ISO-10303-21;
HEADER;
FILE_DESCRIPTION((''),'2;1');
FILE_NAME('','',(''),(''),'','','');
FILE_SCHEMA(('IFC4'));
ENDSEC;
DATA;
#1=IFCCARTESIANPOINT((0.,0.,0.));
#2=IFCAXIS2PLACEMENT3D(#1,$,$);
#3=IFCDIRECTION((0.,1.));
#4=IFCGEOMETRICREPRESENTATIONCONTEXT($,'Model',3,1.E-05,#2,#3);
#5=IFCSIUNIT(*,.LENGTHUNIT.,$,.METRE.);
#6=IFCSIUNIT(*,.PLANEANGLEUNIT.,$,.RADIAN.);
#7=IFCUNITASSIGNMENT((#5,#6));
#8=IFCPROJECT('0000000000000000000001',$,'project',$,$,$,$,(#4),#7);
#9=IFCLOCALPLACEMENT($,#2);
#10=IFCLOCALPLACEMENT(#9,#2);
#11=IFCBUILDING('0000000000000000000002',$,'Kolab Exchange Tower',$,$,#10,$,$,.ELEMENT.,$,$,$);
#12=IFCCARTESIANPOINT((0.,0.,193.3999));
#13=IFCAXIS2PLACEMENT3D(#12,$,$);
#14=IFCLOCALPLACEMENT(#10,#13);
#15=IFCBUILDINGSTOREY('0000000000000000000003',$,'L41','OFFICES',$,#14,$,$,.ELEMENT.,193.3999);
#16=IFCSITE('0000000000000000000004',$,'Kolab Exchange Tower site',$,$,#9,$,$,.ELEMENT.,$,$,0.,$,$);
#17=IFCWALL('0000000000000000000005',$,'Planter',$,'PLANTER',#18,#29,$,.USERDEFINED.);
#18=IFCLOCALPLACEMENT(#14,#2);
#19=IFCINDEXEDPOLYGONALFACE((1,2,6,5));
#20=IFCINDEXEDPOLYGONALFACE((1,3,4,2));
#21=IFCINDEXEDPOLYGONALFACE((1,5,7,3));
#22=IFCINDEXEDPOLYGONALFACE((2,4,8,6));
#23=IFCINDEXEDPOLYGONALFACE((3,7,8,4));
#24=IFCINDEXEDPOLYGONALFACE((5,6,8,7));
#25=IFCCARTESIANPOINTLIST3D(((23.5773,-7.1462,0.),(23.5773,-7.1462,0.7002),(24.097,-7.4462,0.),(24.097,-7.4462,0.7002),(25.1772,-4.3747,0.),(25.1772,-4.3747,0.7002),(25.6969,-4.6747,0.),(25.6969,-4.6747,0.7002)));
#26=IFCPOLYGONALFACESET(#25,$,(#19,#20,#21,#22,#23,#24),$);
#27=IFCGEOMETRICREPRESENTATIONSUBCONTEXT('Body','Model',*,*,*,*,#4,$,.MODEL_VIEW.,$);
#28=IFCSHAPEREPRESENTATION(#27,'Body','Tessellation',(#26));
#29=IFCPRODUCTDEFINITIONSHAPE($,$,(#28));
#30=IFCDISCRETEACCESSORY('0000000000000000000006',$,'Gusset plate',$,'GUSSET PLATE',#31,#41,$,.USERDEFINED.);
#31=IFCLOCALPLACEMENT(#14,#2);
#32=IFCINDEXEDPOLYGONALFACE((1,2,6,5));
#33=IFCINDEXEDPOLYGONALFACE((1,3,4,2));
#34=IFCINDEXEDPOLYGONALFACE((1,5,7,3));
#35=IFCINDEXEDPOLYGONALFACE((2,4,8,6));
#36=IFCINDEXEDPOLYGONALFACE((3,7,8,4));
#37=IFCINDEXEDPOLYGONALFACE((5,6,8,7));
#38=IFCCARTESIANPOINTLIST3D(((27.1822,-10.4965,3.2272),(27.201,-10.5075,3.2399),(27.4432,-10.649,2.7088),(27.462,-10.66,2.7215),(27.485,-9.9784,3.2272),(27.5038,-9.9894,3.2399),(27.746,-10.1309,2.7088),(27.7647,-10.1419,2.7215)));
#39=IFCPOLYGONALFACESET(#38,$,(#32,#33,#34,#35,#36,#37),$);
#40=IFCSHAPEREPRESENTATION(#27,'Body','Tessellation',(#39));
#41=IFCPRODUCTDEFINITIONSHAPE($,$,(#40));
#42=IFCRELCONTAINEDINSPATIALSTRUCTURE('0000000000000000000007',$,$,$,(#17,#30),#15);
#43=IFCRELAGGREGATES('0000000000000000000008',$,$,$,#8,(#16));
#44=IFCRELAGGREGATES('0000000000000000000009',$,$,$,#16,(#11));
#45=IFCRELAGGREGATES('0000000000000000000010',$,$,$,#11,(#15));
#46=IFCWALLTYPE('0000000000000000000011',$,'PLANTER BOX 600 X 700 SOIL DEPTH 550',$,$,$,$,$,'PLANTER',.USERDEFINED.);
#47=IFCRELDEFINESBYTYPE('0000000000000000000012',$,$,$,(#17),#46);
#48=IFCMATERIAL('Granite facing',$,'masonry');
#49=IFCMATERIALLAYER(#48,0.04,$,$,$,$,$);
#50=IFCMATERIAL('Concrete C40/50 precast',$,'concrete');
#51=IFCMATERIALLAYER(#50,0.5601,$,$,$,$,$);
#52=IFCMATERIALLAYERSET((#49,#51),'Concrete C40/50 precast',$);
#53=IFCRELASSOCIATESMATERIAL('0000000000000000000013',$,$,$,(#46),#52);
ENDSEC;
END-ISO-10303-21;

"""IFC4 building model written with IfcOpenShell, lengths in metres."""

from ifc_helpers import new_model, si_unit, direction, frame, frame_2d, origin, origin_2d, place, context, subcontext, project, spatial, rectangle, extrude, material, layer, layer_set, type_object, element, save


model = new_model("IFC4")

# Units and contexts
model_context = context("Model", 3, precision=1e-05, world=origin(), true_north=direction((0.0, 1.0)))
body_context = subcontext(model_context, "Body", "Model", "MODEL_VIEW")
ifc_project = project(units=[si_unit("LENGTHUNIT", "METRE"), si_unit("PLANEANGLEUNIT", "RADIAN")], contexts=[model_context])

# Site, building, storey
site_placement = place(None, origin())
site = spatial("IfcSite", under=ifc_project, at=site_placement, Name="Kolab Exchange Tower site", CompositionType="ELEMENT", RefElevation=0.0)
building_placement = place(site_placement, origin())
building = spatial("IfcBuilding", under=site, at=building_placement, Name="Kolab Exchange Tower", CompositionType="ELEMENT")
storey_placement = place(building_placement, frame((0.0, 0.0, 193.3999)))
storey = spatial("IfcBuildingStorey", under=building, at=storey_placement, Name="L41", Description="OFFICES", CompositionType="ELEMENT", Elevation=193.3999)

# Wall
ifc_material_1 = material(Name="Granite facing", Category="masonry")
ifc_layer_1 = layer(ifc_material_1, 0.04)
ifc_material_2 = material(Name="Concrete C40/50 precast", Category="concrete")
ifc_layer_2 = layer(ifc_material_2, 0.5601)
ifc_layer_set_1 = layer_set([ifc_layer_1, ifc_layer_2], Name="Concrete C40/50 precast")
wall_type_1 = type_object("IfcWallType", Name="PLANTER BOX 600 X 700 SOIL DEPTH 550", ElementType="PLANTER", PredefinedType="USERDEFINED", material=ifc_layer_set_1)
wall_1_placement = place(storey_placement, frame((25.437, -4.5247, 0.0), z_axis=(0.0, 0.0, 1.0), x_axis=(-0.499938, -0.866061, 0.0)))
element("IfcWall", 1, at=wall_1_placement, inside=storey, type_object=wall_type_1, Name="Planter", ObjectType="PLANTER", PredefinedType="USERDEFINED", context=body_context, shape_type="SweptSolid", body=[
    extrude(rectangle(XDim=3.2002, YDim=0.6001, at=frame_2d((1.6001, 0.0))), origin(), (0.0, 0.0, 1.0), 0.7002),
])

# Discrete accessory
discrete_accessory_placement = place(storey_placement, frame((27.4641, -10.3137, 2.968), z_axis=(0.745852, -0.435888, 0.503693), x_axis=(0.504568, 0.863372, 0.0)))
element("IfcDiscreteAccessory", 2, at=discrete_accessory_placement, inside=storey, Name="Gusset plate", ObjectType="GUSSET PLATE", PredefinedType="USERDEFINED", context=body_context, shape_type="SweptSolid", body=[
    extrude(rectangle(XDim=0.6001, YDim=0.6001, at=origin_2d()), origin(), (0.0, 0.0, 1.0), 0.0251),
])

save(model, "model.ifc")
